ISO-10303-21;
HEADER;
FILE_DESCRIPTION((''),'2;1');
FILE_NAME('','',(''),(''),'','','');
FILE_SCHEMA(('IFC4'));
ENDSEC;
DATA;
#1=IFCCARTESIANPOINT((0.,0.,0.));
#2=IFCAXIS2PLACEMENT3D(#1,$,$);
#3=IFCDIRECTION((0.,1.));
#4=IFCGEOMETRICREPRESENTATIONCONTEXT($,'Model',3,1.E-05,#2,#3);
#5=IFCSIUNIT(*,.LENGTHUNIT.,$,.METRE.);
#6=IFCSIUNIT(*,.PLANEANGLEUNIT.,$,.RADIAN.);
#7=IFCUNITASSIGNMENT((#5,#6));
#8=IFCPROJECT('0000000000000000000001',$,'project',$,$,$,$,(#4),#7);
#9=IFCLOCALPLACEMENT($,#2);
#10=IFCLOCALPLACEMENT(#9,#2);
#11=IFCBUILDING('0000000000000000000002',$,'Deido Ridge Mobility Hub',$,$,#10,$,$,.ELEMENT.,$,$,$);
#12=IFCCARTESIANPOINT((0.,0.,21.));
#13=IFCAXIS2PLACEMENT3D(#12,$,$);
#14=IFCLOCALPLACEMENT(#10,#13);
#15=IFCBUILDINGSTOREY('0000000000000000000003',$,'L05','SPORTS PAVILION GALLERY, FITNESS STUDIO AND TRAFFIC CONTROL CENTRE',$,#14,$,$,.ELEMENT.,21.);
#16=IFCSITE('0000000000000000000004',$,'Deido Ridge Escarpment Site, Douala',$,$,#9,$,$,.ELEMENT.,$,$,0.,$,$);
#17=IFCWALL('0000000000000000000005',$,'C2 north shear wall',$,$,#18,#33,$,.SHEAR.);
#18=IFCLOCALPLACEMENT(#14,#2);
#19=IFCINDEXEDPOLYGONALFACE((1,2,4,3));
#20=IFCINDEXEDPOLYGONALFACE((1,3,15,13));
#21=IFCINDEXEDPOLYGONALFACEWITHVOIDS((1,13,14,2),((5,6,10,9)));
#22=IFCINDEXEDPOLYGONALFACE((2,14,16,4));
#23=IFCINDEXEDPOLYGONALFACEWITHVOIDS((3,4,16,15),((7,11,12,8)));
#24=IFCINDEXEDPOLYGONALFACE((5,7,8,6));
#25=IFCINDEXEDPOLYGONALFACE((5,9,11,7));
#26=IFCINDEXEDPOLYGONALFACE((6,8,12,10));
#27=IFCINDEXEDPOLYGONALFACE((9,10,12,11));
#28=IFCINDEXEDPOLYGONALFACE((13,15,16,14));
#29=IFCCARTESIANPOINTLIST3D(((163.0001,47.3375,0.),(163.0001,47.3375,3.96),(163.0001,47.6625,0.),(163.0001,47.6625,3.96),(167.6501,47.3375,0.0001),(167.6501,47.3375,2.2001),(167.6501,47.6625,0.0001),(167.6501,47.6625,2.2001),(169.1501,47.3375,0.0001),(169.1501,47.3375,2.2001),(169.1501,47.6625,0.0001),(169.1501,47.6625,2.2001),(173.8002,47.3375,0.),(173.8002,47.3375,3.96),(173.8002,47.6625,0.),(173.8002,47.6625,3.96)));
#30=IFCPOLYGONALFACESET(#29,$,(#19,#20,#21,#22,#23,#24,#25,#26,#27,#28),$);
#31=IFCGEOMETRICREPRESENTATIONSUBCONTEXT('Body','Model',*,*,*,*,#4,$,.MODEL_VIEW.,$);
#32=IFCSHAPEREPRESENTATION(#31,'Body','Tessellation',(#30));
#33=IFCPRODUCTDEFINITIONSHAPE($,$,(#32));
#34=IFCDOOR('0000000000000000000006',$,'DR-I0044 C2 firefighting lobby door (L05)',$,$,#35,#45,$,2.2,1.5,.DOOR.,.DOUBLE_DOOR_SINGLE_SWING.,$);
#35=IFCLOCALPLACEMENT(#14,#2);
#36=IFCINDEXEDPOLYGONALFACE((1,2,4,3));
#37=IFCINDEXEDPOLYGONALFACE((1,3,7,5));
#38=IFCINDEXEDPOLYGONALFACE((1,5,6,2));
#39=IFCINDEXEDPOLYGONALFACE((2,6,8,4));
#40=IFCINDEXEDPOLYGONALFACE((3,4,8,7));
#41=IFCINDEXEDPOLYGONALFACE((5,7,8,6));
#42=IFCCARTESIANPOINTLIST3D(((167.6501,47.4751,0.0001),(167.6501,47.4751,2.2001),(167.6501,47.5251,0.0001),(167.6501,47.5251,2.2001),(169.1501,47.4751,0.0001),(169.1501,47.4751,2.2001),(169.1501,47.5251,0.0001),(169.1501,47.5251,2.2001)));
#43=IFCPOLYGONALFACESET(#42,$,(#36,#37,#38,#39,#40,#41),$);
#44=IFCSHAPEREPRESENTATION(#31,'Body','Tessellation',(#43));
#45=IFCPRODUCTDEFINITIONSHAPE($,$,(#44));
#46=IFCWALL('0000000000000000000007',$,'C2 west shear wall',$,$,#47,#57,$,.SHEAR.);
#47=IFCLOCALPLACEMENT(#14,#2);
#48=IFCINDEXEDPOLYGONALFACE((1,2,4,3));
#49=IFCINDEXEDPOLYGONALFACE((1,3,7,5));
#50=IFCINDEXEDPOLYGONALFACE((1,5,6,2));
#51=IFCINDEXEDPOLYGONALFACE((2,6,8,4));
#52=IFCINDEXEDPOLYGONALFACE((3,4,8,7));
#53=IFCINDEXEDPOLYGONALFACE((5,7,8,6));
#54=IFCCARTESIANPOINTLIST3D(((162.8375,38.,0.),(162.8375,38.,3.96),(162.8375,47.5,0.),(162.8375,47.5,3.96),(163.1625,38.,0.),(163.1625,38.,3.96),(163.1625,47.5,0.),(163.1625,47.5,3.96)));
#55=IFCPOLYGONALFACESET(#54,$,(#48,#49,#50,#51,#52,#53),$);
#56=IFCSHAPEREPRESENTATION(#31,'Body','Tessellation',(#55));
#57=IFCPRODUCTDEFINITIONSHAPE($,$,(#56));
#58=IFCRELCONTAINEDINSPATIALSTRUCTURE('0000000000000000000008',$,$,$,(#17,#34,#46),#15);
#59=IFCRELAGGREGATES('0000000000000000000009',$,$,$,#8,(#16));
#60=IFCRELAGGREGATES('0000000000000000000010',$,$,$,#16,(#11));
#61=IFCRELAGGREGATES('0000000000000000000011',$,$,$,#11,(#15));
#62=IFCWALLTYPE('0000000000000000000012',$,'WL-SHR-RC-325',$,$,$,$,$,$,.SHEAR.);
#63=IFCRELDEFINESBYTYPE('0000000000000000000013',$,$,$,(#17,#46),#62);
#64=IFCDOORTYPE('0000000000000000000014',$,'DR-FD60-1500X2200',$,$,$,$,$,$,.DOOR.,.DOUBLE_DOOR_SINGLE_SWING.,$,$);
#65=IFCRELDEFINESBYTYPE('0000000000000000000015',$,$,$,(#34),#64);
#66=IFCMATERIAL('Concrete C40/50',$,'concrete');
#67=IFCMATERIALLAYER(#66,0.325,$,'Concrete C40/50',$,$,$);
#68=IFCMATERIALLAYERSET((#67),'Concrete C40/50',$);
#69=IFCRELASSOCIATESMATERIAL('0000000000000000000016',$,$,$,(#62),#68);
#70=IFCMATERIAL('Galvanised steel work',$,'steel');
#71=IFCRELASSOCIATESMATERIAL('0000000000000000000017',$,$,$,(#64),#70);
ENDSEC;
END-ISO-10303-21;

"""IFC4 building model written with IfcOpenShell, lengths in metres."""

from ifc_helpers import new_model, si_unit, direction, frame, frame_2d, origin, place, context, subcontext, project, spatial, rectangle, extrude, material, layer, layer_set, type_object, element, fill, save


model = new_model("IFC4")

# Units and contexts
model_context = context("Model", 3, precision=1e-05, world=origin(), true_north=direction((0.0, 1.0)))
body_context = subcontext(model_context, "Body", "Model", "MODEL_VIEW")
ifc_project = project(units=[si_unit("LENGTHUNIT", "METRE"), si_unit("PLANEANGLEUNIT", "RADIAN")], contexts=[model_context])

# Site, building, storey
site_placement = place(None, origin())
site = spatial("IfcSite", under=ifc_project, at=site_placement, Name="Deido Ridge Escarpment Site, Douala", CompositionType="ELEMENT", RefElevation=0.0)
building_placement = place(site_placement, origin())
building = spatial("IfcBuilding", under=site, at=building_placement, Name="Deido Ridge Mobility Hub", CompositionType="ELEMENT")
storey_placement = place(building_placement, frame((0.0, 0.0, 21.0)))
storey = spatial("IfcBuildingStorey", under=building, at=storey_placement, Name="L05", Description="SPORTS PAVILION GALLERY, FITNESS STUDIO AND TRAFFIC CONTROL CENTRE", CompositionType="ELEMENT", Elevation=21.0)

# Shared definitions
ifc_material_1 = material(Name="Concrete C40/50", Category="concrete")

# Wall, opening, door
ifc_layer_1 = layer(ifc_material_1, 0.325, Name="Concrete C40/50")
ifc_layer_set_1 = layer_set([ifc_layer_1], Name="Concrete C40/50")
wall_type_1 = type_object("IfcWallType", Name="WL-SHR-RC-325", PredefinedType="SHEAR", material=ifc_layer_set_1)
wall_1_placement = place(storey_placement, frame((173.8, 47.5, 0.0), z_axis=(0.0, 0.0, 1.0), x_axis=(-1.0, 0.0, 0.0)))
wall_1 = element("IfcWall", 1, at=wall_1_placement, inside=storey, type_object=wall_type_1, Name="C2 north shear wall", PredefinedType="SHEAR", context=body_context, shape_type="SweptSolid", body=[
    extrude(rectangle(XDim=10.8, YDim=0.325, at=frame_2d((5.3999, 0.0))), origin(), (0.0, 0.0, 1.0), 3.96),
])
opening_placement = place(wall_1_placement, frame((4.6499, 0.0, 0.0)))
opening = element("IfcOpeningElement", 2, at=opening_placement, cuts=wall_1, PredefinedType="OPENING", context=body_context, shape_type="SweptSolid", body=[
    extrude(rectangle(XDim=1.5, YDim=2.2, at=frame_2d((0.75, 1.1001))), frame((0.0, 0.1724, 0.0), z_axis=(0.0, -1.0, 0.0), x_axis=(1.0, 0.0, 0.0)), (0.0, 0.0, 1.0), 0.345),
])
ifc_material_2 = material(Name="Galvanised steel work", Category="steel")
door_type = type_object("IfcDoorType", Name="DR-FD60-1500X2200", OperationType="DOUBLE_DOOR_SINGLE_SWING", PredefinedType="DOOR", material=ifc_material_2)
door_placement = place(opening_placement, origin())
door = element("IfcDoor", 3, at=door_placement, inside=storey, type_object=door_type, Name="DR-I0044 C2 firefighting lobby door (L05)", OperationType="DOUBLE_DOOR_SINGLE_SWING", OverallHeight=2.2, OverallWidth=1.5, PredefinedType="DOOR", context=body_context, shape_type="SweptSolid", body=[
    extrude(rectangle(XDim=1.5, YDim=2.2, at=frame_2d((0.75, 1.1001))), frame((0.0, 0.0249, 0.0), z_axis=(0.0, -1.0, 0.0), x_axis=(1.0, 0.0, 0.0)), (0.0, 0.0, 1.0), 0.05),
])
fill(opening, door)

# Wall
wall_2_placement = place(storey_placement, frame((163.0, 47.5, 0.0), z_axis=(0.0, 0.0, 1.0), x_axis=(0.0, -1.0, 0.0)))
element("IfcWall", 4, at=wall_2_placement, inside=storey, type_object=wall_type_1, Name="C2 west shear wall", PredefinedType="SHEAR", context=body_context, shape_type="SweptSolid", body=[
    extrude(rectangle(XDim=9.5, YDim=0.325, at=frame_2d((4.75, 0.0))), origin(), (0.0, 0.0, 1.0), 3.96),
])

save(model, "model.ifc")
